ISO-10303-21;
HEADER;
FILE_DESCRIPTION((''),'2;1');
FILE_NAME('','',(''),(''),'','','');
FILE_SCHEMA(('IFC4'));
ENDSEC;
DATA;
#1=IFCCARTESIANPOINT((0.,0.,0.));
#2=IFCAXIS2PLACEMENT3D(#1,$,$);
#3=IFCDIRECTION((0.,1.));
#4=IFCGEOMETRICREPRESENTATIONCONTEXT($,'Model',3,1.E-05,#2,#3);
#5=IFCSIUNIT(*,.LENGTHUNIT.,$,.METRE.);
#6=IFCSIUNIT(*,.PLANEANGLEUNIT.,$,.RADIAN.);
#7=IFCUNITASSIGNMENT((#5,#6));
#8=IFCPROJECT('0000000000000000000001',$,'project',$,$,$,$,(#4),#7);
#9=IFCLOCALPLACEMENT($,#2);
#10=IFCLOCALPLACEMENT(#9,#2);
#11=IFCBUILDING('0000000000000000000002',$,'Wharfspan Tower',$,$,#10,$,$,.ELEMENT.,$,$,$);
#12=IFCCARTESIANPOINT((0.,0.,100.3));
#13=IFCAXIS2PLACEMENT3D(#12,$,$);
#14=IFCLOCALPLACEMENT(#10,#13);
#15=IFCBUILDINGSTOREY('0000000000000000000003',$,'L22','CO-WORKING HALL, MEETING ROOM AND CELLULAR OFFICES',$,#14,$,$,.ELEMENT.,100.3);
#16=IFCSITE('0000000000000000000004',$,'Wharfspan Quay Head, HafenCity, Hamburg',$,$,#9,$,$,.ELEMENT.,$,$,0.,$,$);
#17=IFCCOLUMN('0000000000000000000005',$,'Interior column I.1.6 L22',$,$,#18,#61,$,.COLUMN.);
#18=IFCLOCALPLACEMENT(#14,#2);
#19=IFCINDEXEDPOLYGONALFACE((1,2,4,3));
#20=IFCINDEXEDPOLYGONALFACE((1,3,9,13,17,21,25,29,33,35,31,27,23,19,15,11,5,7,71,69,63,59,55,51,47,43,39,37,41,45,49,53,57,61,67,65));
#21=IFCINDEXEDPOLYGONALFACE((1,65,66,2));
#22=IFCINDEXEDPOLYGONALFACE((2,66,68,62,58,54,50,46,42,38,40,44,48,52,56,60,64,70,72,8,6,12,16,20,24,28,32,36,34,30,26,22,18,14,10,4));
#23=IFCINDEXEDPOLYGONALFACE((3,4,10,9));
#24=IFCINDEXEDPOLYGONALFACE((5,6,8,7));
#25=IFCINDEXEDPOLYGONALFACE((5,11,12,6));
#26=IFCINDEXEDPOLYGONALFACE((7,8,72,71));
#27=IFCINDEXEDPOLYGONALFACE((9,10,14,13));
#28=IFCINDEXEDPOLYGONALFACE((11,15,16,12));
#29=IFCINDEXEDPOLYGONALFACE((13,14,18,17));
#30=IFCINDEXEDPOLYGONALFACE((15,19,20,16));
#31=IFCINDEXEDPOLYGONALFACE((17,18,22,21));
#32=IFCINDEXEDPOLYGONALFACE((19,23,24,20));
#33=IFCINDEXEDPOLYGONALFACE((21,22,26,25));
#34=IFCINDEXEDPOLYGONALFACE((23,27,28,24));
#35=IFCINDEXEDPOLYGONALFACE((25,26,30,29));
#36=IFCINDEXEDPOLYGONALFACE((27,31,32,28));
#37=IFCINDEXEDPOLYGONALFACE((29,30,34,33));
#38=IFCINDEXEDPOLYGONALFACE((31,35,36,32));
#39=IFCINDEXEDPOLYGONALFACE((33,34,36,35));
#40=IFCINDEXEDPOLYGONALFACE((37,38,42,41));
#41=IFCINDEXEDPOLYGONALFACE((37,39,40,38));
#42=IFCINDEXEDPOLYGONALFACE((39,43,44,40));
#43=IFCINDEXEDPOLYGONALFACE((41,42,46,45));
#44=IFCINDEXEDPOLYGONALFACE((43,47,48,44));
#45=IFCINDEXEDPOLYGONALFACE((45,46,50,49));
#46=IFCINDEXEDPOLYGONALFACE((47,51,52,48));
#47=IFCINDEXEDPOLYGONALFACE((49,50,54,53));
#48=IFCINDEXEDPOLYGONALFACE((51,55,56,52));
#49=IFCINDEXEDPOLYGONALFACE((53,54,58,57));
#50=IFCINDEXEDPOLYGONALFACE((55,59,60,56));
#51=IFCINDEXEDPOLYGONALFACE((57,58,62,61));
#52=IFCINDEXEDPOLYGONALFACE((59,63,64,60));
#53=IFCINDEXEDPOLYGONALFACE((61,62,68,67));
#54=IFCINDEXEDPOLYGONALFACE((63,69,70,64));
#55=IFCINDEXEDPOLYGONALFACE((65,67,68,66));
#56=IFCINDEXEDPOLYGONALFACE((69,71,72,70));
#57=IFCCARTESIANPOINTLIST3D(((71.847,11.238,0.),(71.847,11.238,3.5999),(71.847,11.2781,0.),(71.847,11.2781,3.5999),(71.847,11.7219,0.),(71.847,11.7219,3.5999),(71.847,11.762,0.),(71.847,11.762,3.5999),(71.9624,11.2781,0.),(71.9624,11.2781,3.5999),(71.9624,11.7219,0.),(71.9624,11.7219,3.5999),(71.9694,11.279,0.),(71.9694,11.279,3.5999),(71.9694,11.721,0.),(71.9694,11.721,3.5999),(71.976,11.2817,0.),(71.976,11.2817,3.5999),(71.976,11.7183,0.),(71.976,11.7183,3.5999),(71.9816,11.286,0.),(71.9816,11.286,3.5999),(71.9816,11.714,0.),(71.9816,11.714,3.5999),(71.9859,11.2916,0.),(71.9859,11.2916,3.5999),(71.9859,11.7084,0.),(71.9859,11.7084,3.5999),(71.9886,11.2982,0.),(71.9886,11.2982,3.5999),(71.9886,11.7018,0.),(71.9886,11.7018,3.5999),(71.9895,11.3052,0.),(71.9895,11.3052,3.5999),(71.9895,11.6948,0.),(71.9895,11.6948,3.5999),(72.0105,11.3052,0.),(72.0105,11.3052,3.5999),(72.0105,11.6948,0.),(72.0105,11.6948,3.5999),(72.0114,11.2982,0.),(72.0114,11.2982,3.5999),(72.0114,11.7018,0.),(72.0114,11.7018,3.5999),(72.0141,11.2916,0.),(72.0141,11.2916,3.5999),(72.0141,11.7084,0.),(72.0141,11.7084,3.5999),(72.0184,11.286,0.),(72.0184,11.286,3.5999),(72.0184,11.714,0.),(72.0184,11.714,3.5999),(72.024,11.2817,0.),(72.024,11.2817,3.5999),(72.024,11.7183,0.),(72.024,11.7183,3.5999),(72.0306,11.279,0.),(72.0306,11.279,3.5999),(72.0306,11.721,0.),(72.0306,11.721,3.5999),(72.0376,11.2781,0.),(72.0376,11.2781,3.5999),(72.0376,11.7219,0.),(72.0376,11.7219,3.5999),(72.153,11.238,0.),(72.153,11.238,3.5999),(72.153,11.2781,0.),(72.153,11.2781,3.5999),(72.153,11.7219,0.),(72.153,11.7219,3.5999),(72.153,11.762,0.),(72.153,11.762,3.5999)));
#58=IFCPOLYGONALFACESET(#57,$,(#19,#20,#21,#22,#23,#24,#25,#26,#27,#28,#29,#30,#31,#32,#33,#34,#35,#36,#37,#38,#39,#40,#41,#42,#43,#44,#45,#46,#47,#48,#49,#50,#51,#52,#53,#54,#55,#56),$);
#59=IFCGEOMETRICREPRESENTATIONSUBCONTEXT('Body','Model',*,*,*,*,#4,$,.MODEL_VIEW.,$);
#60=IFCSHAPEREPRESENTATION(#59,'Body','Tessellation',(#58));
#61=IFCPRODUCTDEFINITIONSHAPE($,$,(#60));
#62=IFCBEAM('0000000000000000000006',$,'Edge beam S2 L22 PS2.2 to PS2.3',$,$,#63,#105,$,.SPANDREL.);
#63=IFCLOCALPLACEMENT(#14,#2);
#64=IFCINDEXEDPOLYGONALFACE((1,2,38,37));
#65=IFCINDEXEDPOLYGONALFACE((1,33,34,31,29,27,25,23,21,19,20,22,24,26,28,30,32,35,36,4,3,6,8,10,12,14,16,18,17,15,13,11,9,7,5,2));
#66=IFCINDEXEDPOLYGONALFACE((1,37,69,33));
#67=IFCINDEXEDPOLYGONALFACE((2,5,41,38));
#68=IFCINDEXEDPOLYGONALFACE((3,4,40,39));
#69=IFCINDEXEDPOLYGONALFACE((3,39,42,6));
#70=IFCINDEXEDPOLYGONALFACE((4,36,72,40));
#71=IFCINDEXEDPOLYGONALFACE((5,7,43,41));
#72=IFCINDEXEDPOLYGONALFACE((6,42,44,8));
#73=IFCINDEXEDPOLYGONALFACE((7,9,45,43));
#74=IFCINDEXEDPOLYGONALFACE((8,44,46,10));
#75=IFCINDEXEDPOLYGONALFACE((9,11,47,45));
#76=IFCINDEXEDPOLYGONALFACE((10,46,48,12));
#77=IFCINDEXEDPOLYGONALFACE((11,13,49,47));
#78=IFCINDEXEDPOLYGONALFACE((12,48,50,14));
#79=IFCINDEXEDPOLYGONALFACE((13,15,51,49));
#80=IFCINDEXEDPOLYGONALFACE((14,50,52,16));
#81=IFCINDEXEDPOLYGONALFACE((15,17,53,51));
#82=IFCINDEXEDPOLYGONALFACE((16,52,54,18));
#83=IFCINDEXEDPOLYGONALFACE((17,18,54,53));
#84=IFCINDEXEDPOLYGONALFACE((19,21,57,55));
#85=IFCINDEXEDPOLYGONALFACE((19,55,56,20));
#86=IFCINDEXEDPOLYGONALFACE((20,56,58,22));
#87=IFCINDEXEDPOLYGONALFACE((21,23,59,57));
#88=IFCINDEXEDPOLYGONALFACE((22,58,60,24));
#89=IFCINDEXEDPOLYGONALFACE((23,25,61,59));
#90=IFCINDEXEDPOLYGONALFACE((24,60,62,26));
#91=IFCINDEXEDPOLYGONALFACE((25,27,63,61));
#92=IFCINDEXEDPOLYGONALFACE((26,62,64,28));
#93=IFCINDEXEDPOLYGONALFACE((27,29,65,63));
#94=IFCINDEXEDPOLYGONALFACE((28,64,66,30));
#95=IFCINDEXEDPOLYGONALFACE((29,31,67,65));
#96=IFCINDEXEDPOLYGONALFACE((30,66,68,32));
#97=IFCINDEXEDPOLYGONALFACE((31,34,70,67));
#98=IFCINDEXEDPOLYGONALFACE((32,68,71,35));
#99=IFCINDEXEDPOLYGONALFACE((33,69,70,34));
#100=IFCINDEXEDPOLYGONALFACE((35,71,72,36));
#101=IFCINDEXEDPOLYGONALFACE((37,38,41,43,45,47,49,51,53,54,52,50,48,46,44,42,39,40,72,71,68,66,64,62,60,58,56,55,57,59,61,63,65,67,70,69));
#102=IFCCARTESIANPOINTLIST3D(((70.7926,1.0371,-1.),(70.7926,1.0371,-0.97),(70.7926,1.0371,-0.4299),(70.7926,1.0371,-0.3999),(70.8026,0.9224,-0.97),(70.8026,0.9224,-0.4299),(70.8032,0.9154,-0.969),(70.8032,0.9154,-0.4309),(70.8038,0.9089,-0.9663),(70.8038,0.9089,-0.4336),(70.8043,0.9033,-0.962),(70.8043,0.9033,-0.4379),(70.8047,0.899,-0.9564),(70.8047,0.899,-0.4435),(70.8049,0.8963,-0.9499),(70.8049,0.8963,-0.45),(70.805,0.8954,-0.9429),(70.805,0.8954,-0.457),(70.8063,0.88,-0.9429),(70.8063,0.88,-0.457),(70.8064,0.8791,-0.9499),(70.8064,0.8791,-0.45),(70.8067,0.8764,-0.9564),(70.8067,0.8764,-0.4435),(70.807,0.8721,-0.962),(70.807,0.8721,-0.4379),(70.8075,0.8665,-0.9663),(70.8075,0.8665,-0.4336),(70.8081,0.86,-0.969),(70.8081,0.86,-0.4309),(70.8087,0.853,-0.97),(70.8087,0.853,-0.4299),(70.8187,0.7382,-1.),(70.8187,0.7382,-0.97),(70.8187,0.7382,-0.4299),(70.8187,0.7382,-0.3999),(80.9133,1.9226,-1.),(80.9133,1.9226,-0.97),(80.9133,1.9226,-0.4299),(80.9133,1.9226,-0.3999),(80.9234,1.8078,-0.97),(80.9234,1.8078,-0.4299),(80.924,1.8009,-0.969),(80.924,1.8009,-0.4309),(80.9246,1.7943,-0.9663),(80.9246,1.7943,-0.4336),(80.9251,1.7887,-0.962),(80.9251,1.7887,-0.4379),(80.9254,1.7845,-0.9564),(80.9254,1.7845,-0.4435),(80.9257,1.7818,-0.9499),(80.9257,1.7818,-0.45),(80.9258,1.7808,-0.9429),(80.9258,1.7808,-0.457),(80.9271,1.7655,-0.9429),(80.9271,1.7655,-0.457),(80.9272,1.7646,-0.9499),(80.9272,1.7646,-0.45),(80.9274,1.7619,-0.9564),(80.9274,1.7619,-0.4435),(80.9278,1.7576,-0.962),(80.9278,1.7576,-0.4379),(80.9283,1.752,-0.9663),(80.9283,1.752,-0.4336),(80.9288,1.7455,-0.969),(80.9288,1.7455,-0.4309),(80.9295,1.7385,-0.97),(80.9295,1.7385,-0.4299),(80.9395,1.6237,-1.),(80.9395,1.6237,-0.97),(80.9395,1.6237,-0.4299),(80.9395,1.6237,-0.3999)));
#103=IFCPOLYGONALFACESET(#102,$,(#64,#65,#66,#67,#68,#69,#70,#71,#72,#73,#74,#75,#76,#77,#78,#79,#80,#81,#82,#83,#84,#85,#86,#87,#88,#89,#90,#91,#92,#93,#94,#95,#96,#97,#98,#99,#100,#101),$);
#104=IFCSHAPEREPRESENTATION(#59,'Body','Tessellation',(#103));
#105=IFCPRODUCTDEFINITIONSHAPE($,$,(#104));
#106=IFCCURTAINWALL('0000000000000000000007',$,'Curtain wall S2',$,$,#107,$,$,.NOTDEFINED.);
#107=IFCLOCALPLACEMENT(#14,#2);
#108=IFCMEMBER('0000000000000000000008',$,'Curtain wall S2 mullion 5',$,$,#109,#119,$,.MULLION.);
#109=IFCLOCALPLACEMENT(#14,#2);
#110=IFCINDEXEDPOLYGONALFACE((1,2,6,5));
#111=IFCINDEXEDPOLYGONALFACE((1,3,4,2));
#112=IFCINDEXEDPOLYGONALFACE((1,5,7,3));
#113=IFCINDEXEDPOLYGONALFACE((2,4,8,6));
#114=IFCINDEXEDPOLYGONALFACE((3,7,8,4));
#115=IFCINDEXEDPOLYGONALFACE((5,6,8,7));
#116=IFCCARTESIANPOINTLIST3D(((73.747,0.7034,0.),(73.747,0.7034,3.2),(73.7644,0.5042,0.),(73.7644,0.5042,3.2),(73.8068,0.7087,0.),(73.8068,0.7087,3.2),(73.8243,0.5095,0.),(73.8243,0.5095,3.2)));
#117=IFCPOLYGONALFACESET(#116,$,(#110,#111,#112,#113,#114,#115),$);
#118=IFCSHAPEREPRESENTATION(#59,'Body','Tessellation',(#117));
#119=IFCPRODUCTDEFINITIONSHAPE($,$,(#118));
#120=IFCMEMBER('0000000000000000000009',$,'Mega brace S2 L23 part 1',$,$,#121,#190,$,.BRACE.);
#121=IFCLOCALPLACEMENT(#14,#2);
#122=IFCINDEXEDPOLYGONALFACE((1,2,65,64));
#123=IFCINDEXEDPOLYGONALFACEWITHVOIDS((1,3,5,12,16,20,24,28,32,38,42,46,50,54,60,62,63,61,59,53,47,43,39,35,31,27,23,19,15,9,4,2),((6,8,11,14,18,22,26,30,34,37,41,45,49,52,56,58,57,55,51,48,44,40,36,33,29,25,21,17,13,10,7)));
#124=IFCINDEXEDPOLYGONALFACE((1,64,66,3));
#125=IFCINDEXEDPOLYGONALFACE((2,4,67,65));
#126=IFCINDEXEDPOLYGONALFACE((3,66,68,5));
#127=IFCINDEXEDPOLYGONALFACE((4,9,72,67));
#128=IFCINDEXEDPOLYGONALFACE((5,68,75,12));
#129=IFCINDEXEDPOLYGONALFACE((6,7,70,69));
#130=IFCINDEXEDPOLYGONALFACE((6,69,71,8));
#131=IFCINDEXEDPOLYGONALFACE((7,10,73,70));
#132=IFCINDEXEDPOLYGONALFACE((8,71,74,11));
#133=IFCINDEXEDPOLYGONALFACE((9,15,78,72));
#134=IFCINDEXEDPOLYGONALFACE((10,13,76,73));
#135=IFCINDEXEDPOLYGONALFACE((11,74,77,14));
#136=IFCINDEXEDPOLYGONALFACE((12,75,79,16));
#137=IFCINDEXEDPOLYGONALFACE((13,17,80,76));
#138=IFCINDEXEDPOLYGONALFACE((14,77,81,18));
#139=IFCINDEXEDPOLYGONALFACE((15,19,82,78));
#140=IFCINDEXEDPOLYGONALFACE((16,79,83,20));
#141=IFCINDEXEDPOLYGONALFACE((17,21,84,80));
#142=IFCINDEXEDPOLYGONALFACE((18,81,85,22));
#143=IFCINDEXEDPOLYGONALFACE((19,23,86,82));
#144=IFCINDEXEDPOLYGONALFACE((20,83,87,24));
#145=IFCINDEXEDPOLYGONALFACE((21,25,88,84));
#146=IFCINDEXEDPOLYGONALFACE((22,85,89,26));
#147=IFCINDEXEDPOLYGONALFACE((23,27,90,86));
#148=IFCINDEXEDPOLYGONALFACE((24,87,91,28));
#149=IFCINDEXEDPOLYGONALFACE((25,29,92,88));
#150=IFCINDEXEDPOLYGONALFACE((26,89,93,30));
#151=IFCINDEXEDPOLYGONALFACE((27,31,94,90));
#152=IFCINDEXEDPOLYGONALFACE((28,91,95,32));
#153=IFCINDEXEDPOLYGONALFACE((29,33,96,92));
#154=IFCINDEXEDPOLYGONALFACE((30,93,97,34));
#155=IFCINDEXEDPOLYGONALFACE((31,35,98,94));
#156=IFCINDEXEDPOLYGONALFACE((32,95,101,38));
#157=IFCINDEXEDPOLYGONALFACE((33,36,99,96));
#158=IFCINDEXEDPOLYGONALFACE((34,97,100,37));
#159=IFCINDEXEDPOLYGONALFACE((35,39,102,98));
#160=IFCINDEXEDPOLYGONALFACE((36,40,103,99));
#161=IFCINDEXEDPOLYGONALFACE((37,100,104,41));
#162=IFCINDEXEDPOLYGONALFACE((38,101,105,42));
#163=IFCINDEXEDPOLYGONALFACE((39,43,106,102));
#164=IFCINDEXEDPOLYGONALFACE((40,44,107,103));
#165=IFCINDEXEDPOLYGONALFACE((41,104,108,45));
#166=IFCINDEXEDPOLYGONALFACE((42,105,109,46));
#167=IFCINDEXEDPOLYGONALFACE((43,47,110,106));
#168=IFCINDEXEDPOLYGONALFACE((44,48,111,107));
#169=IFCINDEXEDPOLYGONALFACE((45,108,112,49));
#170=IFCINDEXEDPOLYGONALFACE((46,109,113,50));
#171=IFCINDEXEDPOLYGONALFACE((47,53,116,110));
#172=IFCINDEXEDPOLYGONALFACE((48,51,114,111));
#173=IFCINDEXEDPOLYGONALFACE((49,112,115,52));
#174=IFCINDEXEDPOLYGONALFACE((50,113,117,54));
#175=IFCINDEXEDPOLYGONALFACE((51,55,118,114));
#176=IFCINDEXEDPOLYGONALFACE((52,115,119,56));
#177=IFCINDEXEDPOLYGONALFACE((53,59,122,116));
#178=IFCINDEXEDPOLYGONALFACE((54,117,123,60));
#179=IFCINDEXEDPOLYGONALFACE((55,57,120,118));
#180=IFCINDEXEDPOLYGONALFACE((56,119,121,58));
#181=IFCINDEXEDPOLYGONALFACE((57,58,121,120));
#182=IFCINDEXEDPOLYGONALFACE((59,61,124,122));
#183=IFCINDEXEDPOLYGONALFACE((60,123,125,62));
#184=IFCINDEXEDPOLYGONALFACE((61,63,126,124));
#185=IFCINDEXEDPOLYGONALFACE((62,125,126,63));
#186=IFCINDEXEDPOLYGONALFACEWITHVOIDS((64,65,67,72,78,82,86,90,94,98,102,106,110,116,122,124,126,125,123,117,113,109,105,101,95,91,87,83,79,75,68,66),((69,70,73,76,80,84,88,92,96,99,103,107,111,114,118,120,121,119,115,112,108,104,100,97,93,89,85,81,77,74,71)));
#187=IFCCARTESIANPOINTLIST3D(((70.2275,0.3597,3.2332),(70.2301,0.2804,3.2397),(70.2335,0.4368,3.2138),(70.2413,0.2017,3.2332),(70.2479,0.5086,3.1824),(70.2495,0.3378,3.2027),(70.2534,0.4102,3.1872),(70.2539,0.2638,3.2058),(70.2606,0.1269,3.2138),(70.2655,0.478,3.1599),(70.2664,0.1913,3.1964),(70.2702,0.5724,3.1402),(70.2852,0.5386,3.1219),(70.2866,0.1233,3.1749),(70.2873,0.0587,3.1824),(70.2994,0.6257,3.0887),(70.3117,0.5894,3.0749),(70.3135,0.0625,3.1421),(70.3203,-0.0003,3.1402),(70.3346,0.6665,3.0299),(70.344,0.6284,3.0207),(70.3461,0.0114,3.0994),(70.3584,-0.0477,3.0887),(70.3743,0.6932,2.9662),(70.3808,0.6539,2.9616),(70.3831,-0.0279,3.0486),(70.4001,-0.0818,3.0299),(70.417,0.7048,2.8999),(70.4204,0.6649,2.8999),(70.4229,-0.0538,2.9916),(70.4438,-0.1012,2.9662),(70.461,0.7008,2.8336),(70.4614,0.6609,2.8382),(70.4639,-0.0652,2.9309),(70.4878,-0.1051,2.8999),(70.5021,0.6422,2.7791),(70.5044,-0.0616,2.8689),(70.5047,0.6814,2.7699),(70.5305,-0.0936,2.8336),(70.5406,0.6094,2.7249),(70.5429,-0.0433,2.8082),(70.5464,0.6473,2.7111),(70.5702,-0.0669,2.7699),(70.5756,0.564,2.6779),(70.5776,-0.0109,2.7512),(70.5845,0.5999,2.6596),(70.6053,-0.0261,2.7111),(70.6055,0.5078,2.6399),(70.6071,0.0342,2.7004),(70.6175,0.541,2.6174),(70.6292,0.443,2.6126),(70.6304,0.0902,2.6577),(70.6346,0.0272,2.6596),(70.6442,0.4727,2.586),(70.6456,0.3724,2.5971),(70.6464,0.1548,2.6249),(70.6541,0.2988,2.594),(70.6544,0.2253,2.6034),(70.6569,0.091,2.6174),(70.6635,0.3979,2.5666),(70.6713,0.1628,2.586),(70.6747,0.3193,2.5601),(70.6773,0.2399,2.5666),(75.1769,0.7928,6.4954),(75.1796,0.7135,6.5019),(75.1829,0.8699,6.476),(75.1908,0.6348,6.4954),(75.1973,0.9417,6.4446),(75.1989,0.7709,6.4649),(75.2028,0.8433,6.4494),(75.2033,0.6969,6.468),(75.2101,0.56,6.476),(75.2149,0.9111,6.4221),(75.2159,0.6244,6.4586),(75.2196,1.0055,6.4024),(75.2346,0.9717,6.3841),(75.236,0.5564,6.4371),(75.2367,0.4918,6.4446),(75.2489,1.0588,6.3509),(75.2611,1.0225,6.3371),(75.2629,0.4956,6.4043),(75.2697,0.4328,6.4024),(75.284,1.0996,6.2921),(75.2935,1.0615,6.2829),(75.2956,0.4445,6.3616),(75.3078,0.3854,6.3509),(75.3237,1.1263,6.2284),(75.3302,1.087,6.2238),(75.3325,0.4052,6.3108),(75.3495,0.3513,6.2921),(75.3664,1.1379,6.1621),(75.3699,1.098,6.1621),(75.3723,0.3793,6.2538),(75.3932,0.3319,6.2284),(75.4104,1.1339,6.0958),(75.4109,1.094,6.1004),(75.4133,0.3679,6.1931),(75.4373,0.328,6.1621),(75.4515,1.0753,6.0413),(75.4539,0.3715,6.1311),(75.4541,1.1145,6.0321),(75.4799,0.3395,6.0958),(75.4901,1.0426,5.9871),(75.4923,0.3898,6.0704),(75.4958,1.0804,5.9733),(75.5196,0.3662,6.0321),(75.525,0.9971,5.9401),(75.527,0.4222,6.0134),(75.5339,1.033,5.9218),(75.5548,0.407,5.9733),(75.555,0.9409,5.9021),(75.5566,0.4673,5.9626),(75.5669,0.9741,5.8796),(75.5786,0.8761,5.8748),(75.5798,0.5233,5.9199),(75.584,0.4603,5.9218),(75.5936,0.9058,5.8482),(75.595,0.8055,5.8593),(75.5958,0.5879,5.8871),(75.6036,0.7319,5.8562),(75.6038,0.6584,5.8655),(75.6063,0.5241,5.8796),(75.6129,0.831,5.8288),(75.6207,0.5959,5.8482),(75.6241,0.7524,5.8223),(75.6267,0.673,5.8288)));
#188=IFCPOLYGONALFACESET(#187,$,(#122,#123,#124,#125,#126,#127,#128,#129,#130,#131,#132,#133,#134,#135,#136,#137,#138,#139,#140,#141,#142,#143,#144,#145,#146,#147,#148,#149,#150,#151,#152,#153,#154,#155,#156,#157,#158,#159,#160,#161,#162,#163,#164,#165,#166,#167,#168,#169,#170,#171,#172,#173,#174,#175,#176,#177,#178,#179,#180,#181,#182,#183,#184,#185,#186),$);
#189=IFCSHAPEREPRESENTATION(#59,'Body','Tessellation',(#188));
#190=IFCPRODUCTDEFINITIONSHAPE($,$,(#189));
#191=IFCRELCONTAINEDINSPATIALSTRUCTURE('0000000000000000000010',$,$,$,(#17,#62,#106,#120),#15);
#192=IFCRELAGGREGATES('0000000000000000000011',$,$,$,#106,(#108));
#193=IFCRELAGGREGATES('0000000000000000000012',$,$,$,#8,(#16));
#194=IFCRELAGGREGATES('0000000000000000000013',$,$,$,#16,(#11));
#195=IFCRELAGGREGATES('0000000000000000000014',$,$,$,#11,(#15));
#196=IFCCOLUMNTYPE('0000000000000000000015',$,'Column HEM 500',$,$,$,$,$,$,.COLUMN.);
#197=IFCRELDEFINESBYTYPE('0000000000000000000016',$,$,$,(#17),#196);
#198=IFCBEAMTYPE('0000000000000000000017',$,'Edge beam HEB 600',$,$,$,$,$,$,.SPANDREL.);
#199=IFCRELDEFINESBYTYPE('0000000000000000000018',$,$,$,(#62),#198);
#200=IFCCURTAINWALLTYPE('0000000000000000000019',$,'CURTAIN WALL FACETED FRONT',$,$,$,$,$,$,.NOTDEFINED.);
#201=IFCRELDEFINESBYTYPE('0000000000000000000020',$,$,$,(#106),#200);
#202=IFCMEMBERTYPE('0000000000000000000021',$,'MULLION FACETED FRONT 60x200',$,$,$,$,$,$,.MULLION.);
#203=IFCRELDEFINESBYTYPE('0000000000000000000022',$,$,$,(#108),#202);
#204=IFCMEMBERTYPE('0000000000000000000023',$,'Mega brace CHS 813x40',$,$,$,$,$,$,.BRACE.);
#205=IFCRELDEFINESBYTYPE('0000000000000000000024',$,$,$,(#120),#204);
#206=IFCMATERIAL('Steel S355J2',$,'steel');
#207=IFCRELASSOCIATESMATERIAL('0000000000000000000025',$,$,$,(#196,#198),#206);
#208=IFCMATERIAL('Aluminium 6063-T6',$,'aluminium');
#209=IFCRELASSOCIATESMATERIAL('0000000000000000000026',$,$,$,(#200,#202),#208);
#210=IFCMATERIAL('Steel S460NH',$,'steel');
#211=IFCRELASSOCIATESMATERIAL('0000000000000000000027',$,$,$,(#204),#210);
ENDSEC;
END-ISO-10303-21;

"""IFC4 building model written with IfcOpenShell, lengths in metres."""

from ifc_helpers import new_model, si_unit, direction, frame, origin, origin_2d, place, context, subcontext, project, spatial, rectangle, hollow_circle, i_section, extrude, material, material_profile, profile_set, type_object, element, aggregate, save


model = new_model("IFC4")

# Units and contexts
model_context = context("Model", 3, precision=1e-05, world=origin(), true_north=direction((0.0, 1.0)))
body_context = subcontext(model_context, "Body", "Model", "MODEL_VIEW")
ifc_project = project(units=[si_unit("LENGTHUNIT", "METRE"), si_unit("PLANEANGLEUNIT", "RADIAN")], contexts=[model_context])

# Site, building, storey
site_placement = place(None, origin())
site = spatial("IfcSite", under=ifc_project, at=site_placement, Name="Wharfspan Quay Head, HafenCity, Hamburg", CompositionType="ELEMENT", RefElevation=0.0)
building_placement = place(site_placement, origin())
building = spatial("IfcBuilding", under=site, at=building_placement, Name="Wharfspan Tower", CompositionType="ELEMENT")
storey_placement = place(building_placement, frame((0.0, 0.0, 100.3)))
storey = spatial("IfcBuildingStorey", under=building, at=storey_placement, Name="L22", Description="CO-WORKING HALL, MEETING ROOM AND CELLULAR OFFICES", CompositionType="ELEMENT", Elevation=100.3)

# Column
ifc_material_1 = material(Name="Steel S355J2", Category="steel")
ifc_material_profile_1 = material_profile(ifc_material_1, i_section(OverallWidth=0.3059, OverallDepth=0.5239, WebThickness=0.021, FlangeThickness=0.04, FilletRadius=0.0271, at=origin_2d()))
ifc_profile_set_1 = profile_set([ifc_material_profile_1], Name="Steel S355J2")
column_type = type_object("IfcColumnType", Name="Column HEM 500", PredefinedType="COLUMN", material=ifc_profile_set_1)
column_placement = place(storey_placement, frame((72.0, 11.5, 0.0), z_axis=(0.0, 0.0, 1.0), x_axis=(1.0, 0.0, 0.0)))
element("IfcColumn", 1, at=column_placement, inside=storey, type_object=column_type, Name="Interior column I.1.6 L22", PredefinedType="COLUMN", context=body_context, shape_type="SweptSolid", body=[
    extrude(i_section(OverallWidth=0.3059, OverallDepth=0.5239, WebThickness=0.021, FlangeThickness=0.04, FilletRadius=0.0271, at=origin_2d()), origin(), (0.0, 0.0, 1.0), 3.5999),
])

# Beam
ifc_material_profile_2 = material_profile(ifc_material_1, i_section(OverallWidth=0.3, OverallDepth=0.6001, WebThickness=0.0154, FlangeThickness=0.03, FilletRadius=0.0271, at=origin_2d()))
ifc_profile_set_2 = profile_set([ifc_material_profile_2], Name="Steel S355J2")
beam_type = type_object("IfcBeamType", Name="Edge beam HEB 600", PredefinedType="SPANDREL", material=ifc_profile_set_2)
beam_placement = place(storey_placement, frame((70.8057, 0.8877, -0.7), z_axis=(0.996194, 0.087159, 0.0), x_axis=(-0.087159, 0.996194, 0.0)))
element("IfcBeam", 2, at=beam_placement, inside=storey, type_object=beam_type, Name="Edge beam S2 L22 PS2.2 to PS2.3", PredefinedType="SPANDREL", context=body_context, shape_type="SweptSolid", body=[
    extrude(i_section(OverallWidth=0.3, OverallDepth=0.6001, WebThickness=0.0154, FlangeThickness=0.03, FilletRadius=0.0271, at=origin_2d()), origin(), (0.0, 0.0, 1.0), 10.1594),
])

# Curtain wall, member
ifc_material_2 = material(Name="Aluminium 6063-T6", Category="aluminium")
curtain_wall_type = type_object("IfcCurtainWallType", Name="CURTAIN WALL FACETED FRONT", PredefinedType="NOTDEFINED", material=ifc_material_2)
curtain_wall_placement = place(storey_placement, origin())
curtain_wall = element("IfcCurtainWall", 3, at=curtain_wall_placement, inside=storey, type_object=curtain_wall_type, Name="Curtain wall S2", PredefinedType="NOTDEFINED")
ifc_material_profile_3 = material_profile(ifc_material_2, rectangle(XDim=0.2, YDim=0.0601, at=origin_2d()))
ifc_profile_set_3 = profile_set([ifc_material_profile_3], Name="Aluminium 6063-T6")
member_type_1 = type_object("IfcMemberType", Name="MULLION FACETED FRONT 60x200", PredefinedType="MULLION", material=ifc_profile_set_3)
member_1_placement = place(storey_placement, frame((73.7856, 0.6064, 0.0), z_axis=(0.0, 0.0, 1.0), x_axis=(-0.087156, 0.996198, 0.0)))
member_1 = element("IfcMember", 4, at=member_1_placement, type_object=member_type_1, Name="Curtain wall S2 mullion 5", PredefinedType="MULLION", context=body_context, shape_type="SweptSolid", body=[
    extrude(rectangle(XDim=0.2, YDim=0.0601, at=origin_2d()), origin(), (0.0, 0.0, 1.0), 3.2),
])

# Member
ifc_material_3 = material(Name="Steel S460NH", Category="steel")
ifc_material_profile_4 = material_profile(ifc_material_3, hollow_circle(Radius=0.4065, WallThickness=0.04, at=origin_2d()))
ifc_profile_set_4 = profile_set([ifc_material_profile_4], Name="Steel S460NH")
member_type_2 = type_object("IfcMemberType", Name="Mega brace CHS 813x40", PredefinedType="BRACE", material=ifc_profile_set_4)
member_2_placement = place(storey_placement, frame((70.4524, 0.2998, 2.8999), z_axis=(0.832734, 0.072869, 0.548858), x_axis=(-0.087173, 0.99619, 0.000001)))
element("IfcMember", 5, at=member_2_placement, inside=storey, type_object=member_type_2, Name="Mega brace S2 L23 part 1", PredefinedType="BRACE", context=body_context, shape_type="SweptSolid", body=[
    extrude(hollow_circle(Radius=0.4065, WallThickness=0.04, at=origin_2d()), origin(), (0.0, 0.0, 1.0), 5.9436),
])

aggregate(curtain_wall, [member_1])

save(model, "model.ifc")
